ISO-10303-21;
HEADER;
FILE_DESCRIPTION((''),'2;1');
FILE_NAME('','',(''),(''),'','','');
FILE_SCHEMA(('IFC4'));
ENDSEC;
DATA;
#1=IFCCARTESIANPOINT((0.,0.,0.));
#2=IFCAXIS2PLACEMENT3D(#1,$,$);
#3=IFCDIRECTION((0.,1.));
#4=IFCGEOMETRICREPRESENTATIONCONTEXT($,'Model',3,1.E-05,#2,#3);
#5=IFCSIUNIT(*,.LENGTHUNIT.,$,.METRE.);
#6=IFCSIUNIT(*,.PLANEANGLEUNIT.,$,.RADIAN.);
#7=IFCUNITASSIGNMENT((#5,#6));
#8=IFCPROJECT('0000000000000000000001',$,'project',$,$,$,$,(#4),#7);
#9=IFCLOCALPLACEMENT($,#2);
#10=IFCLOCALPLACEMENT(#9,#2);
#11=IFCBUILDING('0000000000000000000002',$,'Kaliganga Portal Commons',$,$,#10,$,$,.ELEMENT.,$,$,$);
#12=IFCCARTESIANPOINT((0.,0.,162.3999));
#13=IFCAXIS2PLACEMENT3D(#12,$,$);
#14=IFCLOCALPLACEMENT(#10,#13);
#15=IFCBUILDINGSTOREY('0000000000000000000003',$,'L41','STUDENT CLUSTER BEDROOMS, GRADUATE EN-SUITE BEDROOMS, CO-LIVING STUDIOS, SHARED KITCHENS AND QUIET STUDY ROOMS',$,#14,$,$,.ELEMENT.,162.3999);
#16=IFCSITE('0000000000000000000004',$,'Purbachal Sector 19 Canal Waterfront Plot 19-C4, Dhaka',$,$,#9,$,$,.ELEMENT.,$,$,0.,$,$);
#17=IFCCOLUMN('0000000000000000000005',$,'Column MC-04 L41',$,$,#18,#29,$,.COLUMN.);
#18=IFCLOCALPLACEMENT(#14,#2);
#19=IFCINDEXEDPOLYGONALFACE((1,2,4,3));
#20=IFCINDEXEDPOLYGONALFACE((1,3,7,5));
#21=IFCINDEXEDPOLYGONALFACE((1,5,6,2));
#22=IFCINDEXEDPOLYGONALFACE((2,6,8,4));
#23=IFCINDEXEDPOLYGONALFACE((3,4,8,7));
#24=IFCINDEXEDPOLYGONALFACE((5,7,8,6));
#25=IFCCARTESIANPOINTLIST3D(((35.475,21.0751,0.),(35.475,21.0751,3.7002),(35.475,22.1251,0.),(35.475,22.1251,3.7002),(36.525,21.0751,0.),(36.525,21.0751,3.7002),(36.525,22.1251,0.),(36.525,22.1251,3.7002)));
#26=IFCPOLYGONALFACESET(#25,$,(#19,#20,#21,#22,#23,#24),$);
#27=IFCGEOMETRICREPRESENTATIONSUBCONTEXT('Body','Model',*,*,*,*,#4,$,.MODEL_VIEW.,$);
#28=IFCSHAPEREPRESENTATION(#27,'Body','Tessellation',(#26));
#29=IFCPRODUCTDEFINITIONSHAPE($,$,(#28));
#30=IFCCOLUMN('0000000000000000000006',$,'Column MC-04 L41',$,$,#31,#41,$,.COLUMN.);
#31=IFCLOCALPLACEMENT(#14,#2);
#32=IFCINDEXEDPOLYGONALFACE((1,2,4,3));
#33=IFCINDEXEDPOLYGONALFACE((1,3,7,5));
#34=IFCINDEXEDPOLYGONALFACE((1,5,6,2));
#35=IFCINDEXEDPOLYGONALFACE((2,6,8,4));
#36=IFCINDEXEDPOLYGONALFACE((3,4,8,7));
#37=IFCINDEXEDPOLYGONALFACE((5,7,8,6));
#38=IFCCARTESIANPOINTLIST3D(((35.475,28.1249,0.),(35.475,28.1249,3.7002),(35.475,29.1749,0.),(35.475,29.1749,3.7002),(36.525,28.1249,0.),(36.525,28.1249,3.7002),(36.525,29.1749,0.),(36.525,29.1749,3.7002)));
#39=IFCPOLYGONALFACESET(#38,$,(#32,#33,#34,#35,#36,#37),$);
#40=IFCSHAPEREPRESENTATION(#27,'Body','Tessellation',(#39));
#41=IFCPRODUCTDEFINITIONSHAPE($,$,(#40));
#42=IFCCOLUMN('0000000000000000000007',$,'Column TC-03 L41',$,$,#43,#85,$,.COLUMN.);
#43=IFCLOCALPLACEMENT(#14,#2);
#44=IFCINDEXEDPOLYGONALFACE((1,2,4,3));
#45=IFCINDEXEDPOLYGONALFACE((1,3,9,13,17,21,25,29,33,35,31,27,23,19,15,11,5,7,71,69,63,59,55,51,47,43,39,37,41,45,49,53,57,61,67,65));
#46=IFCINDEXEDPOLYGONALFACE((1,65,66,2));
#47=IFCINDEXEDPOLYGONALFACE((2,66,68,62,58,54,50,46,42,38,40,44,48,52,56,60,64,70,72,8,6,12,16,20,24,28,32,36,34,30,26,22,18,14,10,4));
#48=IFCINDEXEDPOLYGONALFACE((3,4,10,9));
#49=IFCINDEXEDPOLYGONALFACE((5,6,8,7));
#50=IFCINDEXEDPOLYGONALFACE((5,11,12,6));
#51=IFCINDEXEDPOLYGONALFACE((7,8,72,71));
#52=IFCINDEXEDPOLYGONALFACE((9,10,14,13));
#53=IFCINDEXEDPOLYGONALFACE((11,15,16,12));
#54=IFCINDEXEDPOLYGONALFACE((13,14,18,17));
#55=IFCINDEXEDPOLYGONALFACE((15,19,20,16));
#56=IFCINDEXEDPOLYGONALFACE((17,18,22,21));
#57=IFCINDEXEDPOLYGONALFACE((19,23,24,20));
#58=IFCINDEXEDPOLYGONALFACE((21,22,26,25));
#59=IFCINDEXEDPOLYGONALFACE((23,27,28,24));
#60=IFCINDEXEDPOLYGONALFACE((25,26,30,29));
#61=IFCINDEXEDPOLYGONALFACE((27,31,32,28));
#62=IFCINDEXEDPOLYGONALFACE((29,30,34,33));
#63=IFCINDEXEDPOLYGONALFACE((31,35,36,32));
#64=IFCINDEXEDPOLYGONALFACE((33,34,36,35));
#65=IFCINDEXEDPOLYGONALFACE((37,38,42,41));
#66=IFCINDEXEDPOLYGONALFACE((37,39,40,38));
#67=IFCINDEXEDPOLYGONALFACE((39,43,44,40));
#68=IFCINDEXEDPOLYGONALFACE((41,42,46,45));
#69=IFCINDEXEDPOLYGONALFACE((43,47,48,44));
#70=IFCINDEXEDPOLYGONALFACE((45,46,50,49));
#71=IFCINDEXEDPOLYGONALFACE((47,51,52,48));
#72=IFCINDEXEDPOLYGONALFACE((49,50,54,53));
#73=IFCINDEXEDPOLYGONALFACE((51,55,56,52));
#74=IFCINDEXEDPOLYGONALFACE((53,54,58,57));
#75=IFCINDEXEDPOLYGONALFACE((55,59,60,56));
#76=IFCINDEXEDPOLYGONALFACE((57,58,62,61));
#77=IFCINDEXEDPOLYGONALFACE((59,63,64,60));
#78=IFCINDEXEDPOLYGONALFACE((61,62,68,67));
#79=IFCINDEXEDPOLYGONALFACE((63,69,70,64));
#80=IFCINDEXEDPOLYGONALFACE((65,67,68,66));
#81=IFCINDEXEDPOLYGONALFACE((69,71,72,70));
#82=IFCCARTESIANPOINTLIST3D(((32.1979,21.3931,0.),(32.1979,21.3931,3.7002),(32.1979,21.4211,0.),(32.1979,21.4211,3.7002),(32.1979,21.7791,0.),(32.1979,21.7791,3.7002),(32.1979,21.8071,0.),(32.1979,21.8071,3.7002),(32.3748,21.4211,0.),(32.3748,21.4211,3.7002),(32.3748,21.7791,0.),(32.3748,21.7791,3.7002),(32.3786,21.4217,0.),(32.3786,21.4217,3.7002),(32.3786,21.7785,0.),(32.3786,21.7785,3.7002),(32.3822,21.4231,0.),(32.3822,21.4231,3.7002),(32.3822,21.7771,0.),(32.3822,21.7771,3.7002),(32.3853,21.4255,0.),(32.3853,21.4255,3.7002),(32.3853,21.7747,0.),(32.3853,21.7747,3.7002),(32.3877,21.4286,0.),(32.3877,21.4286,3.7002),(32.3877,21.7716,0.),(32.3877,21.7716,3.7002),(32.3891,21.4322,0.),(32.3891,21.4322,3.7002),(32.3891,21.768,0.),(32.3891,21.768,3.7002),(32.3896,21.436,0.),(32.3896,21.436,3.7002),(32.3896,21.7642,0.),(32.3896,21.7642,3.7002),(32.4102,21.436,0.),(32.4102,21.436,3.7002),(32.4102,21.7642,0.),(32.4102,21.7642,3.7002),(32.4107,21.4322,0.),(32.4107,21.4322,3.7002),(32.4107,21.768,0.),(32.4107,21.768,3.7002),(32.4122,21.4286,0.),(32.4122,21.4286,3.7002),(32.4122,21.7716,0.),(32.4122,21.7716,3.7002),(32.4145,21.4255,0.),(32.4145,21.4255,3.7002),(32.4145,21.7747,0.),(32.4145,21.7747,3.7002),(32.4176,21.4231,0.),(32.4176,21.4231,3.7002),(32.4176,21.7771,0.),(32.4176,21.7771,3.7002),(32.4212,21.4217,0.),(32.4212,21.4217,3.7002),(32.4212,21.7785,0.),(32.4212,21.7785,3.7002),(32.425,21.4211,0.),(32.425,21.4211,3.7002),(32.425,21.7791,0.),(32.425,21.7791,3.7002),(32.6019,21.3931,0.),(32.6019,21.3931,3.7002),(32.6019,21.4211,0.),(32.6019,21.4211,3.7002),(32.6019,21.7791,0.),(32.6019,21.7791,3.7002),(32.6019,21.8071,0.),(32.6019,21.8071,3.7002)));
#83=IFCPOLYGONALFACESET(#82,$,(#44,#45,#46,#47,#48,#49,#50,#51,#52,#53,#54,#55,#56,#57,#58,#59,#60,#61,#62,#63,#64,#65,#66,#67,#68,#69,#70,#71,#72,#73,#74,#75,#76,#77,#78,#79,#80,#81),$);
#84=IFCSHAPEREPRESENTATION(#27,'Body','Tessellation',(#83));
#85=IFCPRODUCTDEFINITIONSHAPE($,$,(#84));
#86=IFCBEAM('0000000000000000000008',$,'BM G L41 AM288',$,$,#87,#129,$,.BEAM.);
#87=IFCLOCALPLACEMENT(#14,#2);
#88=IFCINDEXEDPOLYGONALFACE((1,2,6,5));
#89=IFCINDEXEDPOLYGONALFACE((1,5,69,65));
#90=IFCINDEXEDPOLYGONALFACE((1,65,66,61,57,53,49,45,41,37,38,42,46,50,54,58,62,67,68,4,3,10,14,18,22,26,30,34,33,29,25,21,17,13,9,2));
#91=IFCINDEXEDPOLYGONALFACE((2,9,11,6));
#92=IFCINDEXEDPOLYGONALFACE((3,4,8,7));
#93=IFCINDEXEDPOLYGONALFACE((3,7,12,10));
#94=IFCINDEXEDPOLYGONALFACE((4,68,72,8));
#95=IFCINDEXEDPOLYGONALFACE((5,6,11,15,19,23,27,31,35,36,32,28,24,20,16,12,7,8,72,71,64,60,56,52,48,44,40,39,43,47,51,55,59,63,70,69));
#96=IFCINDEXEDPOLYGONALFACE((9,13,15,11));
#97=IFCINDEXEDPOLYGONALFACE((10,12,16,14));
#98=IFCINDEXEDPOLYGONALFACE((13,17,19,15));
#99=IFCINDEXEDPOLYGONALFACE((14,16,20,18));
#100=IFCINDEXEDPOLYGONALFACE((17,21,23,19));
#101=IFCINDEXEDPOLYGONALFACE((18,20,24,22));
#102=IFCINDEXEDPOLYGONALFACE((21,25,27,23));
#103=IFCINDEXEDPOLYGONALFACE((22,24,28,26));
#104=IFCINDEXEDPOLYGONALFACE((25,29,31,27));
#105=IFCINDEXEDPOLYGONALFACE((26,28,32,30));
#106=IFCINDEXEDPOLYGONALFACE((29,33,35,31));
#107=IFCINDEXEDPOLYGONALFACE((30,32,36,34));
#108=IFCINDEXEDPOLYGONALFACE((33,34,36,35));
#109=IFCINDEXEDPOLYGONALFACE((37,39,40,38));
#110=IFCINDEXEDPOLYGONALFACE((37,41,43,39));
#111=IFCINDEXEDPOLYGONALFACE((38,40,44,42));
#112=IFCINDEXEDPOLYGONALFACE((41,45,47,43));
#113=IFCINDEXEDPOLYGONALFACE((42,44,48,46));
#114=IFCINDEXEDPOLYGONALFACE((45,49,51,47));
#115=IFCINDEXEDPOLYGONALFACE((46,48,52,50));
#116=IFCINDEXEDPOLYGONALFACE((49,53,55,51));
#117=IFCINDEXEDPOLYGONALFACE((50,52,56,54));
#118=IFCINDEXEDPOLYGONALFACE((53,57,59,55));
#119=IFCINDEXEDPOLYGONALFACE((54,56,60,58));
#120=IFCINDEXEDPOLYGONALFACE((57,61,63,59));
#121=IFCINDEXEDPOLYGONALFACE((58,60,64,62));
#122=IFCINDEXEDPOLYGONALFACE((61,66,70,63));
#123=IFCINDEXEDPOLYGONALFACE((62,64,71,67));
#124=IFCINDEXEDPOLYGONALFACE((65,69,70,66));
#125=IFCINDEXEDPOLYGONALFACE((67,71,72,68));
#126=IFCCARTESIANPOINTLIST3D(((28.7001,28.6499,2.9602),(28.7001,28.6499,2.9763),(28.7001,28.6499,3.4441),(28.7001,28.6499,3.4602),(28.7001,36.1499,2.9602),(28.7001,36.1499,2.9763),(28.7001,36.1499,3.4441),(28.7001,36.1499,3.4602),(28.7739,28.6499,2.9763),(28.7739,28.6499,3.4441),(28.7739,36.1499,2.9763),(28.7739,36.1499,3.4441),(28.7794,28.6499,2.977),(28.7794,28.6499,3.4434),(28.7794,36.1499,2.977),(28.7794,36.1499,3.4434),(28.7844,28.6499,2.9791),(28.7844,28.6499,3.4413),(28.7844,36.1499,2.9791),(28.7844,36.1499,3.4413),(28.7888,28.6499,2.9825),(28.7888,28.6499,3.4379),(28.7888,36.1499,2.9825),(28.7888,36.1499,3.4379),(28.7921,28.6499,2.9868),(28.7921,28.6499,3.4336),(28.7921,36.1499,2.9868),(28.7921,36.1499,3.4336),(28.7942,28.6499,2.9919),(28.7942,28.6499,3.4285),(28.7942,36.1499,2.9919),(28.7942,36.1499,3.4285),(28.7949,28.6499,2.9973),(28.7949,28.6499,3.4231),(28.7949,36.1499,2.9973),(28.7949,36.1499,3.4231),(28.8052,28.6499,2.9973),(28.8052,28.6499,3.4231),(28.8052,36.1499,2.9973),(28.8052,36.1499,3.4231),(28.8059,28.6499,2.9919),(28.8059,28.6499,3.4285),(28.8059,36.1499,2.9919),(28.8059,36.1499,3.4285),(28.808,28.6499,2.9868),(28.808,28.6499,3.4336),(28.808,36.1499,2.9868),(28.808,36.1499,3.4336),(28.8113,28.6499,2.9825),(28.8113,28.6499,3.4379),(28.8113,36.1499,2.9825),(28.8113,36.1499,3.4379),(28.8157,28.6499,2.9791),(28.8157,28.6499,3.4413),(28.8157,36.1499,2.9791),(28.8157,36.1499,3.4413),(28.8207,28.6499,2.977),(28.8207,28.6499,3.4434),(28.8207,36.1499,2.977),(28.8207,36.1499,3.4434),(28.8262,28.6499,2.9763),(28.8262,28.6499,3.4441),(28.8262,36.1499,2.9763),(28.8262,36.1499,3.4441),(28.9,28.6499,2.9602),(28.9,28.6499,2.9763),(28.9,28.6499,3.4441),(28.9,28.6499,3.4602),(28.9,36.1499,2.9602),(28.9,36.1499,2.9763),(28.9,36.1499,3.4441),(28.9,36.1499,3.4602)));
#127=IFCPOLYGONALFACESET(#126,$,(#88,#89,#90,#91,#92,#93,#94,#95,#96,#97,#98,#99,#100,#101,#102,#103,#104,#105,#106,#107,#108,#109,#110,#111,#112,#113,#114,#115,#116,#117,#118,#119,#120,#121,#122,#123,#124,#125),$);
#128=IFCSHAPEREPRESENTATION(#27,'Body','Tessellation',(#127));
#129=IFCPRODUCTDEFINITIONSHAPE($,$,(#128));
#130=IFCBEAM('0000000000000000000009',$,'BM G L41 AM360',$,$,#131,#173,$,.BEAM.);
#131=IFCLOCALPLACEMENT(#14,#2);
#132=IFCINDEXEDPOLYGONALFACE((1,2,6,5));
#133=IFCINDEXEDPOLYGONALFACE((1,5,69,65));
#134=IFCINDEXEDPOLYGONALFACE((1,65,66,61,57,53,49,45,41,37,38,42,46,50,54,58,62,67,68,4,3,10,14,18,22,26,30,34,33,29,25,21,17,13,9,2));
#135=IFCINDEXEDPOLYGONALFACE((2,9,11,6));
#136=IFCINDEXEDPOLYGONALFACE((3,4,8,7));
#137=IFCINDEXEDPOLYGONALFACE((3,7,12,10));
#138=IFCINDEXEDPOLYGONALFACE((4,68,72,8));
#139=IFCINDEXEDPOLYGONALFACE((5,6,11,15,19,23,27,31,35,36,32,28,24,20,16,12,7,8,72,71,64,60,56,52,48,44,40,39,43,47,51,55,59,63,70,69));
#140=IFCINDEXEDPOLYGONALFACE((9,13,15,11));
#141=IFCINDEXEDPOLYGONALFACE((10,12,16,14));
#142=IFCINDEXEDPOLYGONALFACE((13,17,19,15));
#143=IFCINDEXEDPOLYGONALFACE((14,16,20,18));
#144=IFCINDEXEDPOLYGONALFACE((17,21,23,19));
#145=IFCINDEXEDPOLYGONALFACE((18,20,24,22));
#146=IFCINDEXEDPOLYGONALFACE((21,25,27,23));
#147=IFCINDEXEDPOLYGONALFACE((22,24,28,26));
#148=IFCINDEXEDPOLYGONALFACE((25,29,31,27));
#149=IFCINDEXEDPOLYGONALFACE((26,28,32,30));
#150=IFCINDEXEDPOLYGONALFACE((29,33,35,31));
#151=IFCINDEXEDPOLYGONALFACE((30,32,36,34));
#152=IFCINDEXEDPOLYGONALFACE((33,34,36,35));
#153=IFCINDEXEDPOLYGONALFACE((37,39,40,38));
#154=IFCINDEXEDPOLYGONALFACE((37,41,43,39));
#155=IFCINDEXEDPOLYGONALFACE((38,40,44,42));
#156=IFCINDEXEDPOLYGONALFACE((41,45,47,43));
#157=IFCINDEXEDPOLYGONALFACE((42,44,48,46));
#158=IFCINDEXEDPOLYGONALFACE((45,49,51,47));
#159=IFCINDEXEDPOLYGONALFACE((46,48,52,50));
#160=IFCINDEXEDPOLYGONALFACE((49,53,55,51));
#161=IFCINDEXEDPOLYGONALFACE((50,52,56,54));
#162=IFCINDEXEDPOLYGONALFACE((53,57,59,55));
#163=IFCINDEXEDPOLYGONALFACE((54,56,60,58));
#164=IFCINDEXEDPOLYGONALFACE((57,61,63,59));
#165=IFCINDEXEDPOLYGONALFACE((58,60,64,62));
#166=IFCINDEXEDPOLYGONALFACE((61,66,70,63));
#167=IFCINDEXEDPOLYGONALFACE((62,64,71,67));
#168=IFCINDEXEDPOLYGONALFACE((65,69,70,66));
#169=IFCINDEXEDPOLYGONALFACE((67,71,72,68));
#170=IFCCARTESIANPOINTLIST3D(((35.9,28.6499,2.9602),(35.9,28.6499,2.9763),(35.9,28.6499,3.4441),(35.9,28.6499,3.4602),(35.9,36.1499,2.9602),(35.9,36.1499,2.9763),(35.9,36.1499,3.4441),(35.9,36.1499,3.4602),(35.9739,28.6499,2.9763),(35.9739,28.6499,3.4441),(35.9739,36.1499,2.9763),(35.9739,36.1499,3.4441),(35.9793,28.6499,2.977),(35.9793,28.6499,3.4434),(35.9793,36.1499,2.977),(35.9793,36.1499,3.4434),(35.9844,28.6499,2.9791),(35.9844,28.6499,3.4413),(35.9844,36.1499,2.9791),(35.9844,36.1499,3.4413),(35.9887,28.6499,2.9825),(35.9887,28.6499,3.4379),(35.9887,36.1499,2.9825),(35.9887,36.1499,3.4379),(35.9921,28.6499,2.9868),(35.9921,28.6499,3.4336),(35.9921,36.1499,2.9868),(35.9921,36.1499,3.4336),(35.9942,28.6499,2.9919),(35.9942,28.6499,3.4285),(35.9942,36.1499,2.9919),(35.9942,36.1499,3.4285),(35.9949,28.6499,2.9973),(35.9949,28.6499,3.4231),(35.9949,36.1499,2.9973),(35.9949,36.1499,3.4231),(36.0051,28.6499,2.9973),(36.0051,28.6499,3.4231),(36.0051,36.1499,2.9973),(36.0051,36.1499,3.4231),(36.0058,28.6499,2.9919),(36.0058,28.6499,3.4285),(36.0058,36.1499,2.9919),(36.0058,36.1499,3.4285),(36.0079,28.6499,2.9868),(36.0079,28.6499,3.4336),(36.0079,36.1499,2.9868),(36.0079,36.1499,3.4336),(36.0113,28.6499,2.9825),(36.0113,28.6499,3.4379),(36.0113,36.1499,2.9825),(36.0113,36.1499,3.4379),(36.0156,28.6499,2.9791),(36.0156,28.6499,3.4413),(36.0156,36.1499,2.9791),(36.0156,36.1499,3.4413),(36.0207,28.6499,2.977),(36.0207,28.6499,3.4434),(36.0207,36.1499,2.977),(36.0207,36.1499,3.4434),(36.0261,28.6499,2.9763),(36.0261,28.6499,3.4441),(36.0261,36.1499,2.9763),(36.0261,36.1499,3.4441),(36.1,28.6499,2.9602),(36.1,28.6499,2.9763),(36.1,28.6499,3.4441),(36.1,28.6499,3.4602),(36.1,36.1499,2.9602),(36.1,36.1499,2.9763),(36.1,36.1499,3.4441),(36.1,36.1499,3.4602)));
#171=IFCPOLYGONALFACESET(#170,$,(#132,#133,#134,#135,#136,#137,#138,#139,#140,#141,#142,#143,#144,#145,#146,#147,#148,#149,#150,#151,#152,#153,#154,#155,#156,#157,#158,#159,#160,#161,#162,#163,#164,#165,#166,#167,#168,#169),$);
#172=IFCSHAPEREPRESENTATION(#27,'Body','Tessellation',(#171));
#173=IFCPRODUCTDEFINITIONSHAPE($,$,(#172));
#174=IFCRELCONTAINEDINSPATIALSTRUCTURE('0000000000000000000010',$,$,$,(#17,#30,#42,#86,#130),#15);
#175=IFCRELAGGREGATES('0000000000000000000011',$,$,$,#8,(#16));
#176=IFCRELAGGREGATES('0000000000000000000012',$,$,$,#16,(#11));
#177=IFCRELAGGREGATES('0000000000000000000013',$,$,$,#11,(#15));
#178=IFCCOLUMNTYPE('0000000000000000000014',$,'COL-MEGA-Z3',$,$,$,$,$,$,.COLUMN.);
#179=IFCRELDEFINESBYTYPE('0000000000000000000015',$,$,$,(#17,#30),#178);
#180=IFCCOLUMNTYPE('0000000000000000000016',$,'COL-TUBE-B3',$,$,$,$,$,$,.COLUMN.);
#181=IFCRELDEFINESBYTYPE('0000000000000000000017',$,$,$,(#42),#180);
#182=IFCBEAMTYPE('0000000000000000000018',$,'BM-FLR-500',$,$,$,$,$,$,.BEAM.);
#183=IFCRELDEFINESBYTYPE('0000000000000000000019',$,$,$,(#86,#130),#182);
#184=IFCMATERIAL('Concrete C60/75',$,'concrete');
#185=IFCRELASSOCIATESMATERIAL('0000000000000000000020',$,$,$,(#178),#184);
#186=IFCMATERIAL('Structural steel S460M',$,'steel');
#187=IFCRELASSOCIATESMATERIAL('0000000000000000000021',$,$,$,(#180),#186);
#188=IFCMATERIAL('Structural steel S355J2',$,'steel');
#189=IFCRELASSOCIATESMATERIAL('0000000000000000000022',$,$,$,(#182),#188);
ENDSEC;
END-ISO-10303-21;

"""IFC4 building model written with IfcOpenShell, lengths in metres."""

from ifc_helpers import new_model, si_unit, direction, frame, origin, origin_2d, place, context, subcontext, project, spatial, rectangle, i_section, extrude, source, transform, mapped, material, material_profile, profile_set, type_object, element, save


model = new_model("IFC4")

# Units and contexts
model_context = context("Model", 3, precision=1e-05, world=origin(), true_north=direction((0.0, 1.0)))
body_context = subcontext(model_context, "Body", "Model", "MODEL_VIEW")
ifc_project = project(units=[si_unit("LENGTHUNIT", "METRE"), si_unit("PLANEANGLEUNIT", "RADIAN")], contexts=[model_context])

# Site, building, storey
site_placement = place(None, origin())
site = spatial("IfcSite", under=ifc_project, at=site_placement, Name="Purbachal Sector 19 Canal Waterfront Plot 19-C4, Dhaka", CompositionType="ELEMENT", RefElevation=0.0)
building_placement = place(site_placement, origin())
building = spatial("IfcBuilding", under=site, at=building_placement, Name="Kaliganga Portal Commons", CompositionType="ELEMENT")
storey_placement = place(building_placement, frame((0.0, 0.0, 162.3999)))
storey = spatial("IfcBuildingStorey", under=building, at=storey_placement, Name="L41", Description="STUDENT CLUSTER BEDROOMS, GRADUATE EN-SUITE BEDROOMS, CO-LIVING STUDIOS, SHARED KITCHENS AND QUIET STUDY ROOMS", CompositionType="ELEMENT", Elevation=162.3999)

# Columns
ifc_material_1 = material(Name="Concrete C60/75", Category="concrete")
ifc_material_profile_1 = material_profile(ifc_material_1, rectangle(XDim=1.05, YDim=1.05, at=origin_2d()), Name="RC 1050x1050")
ifc_profile_set_1 = profile_set([ifc_material_profile_1], Name="Concrete C60/75")
column_type_1 = type_object("IfcColumnType", Name="COL-MEGA-Z3", PredefinedType="COLUMN", material=ifc_profile_set_1)
shared_shape_1 = source(origin(), body_context, "Body", "SweptSolid", [
    extrude(rectangle(XDim=1.05, YDim=1.05, at=origin_2d()), origin(), (0.0, 0.0, 1.0), 3.7002),
])
for number, where, z_axis, x_axis, name in (
    (1, (36.0, 21.6001, 0.0), (0.0, 0.0, 1.0), (1.0, 0.0, 0.0), "Column MC-04 L41"),
    (2, (36.0, 28.6499, 0.0), (0.0, 0.0, 1.0), (1.0, 0.0, 0.0), "Column MC-04 L41"),
):
    element("IfcColumn", number, at=place(storey_placement, frame(where, z_axis=z_axis, x_axis=x_axis)), inside=storey, type_object=column_type_1, Name=name, PredefinedType="COLUMN", context=body_context, shape_type="MappedRepresentation", body=[
        mapped(shared_shape_1, transform((0.0, 0.0, 0.0), x_axis=(1.0, 0.0, 0.0), y_axis=(0.0, 1.0, 0.0), z_axis=(0.0, 0.0, 1.0), scale=1.0)),
    ])
ifc_material_2 = material(Name="Structural steel S460M", Category="steel")
ifc_material_profile_2 = material_profile(ifc_material_2, i_section(OverallWidth=0.4041, OverallDepth=0.4141, WebThickness=0.0205, FlangeThickness=0.0281, FilletRadius=0.0149, at=origin_2d()), Name="HD 400x347")
ifc_profile_set_2 = profile_set([ifc_material_profile_2], Name="Structural steel S460M wide-flange")
column_type_2 = type_object("IfcColumnType", Name="COL-TUBE-B3", PredefinedType="COLUMN", material=ifc_profile_set_2)
shared_shape_2 = source(origin(), body_context, "Body", "SweptSolid", [
    extrude(i_section(OverallWidth=0.4041, OverallDepth=0.4141, WebThickness=0.0205, FlangeThickness=0.0281, FilletRadius=0.0149, at=origin_2d()), origin(), (0.0, 0.0, 1.0), 3.7002),
])
column_placement = place(storey_placement, frame((32.3999, 21.6001, 0.0), z_axis=(0.0, 0.0, 1.0), x_axis=(1.0, 0.0, 0.0)))
element("IfcColumn", 3, at=column_placement, inside=storey, type_object=column_type_2, Name="Column TC-03 L41", PredefinedType="COLUMN", context=body_context, shape_type="MappedRepresentation", body=[
    mapped(shared_shape_2, transform((0.0, 0.0, 0.0), x_axis=(1.0, 0.0, 0.0), y_axis=(0.0, 1.0, 0.0), z_axis=(0.0, 0.0, 1.0), scale=1.0)),
])

# Beams
ifc_material_3 = material(Name="Structural steel S355J2", Category="steel")
ifc_material_profile_3 = material_profile(ifc_material_3, i_section(OverallWidth=0.2, OverallDepth=0.5, WebThickness=0.0103, FlangeThickness=0.0161, FilletRadius=0.021, at=origin_2d()), Name="IPE 500")
ifc_profile_set_3 = profile_set([ifc_material_profile_3], Name="Structural steel S355J2 wide-flange")
beam_type_1 = type_object("IfcBeamType", Name="BM-FLR-500", PredefinedType="BEAM", material=ifc_profile_set_3)
shared_shape_3 = source(origin(), body_context, "Body", "SweptSolid", [
    extrude(i_section(OverallWidth=0.2, OverallDepth=0.5, WebThickness=0.0103, FlangeThickness=0.0161, FilletRadius=0.021, at=origin_2d()), origin(), (0.0, 0.0, 1.0), 7.5),
])
for number, where, z_axis, x_axis, name in (
    (4, (28.8, 28.6499, 3.2102), (0.0, 1.0, 0.0), (-1.0, 0.0, 0.0), "BM G L41 AM288"),
    (5, (36.0, 28.6499, 3.2102), (0.0, 1.0, 0.0), (-1.0, 0.0, 0.0), "BM G L41 AM360"),
):
    element("IfcBeam", number, at=place(storey_placement, frame(where, z_axis=z_axis, x_axis=x_axis)), inside=storey, type_object=beam_type_1, Name=name, PredefinedType="BEAM", context=body_context, shape_type="MappedRepresentation", body=[
        mapped(shared_shape_3, transform((0.0, 0.0, 0.0), x_axis=(1.0, 0.0, 0.0), y_axis=(0.0, 1.0, 0.0), z_axis=(0.0, 0.0, 1.0), scale=1.0)),
    ])

save(model, "model.ifc")
